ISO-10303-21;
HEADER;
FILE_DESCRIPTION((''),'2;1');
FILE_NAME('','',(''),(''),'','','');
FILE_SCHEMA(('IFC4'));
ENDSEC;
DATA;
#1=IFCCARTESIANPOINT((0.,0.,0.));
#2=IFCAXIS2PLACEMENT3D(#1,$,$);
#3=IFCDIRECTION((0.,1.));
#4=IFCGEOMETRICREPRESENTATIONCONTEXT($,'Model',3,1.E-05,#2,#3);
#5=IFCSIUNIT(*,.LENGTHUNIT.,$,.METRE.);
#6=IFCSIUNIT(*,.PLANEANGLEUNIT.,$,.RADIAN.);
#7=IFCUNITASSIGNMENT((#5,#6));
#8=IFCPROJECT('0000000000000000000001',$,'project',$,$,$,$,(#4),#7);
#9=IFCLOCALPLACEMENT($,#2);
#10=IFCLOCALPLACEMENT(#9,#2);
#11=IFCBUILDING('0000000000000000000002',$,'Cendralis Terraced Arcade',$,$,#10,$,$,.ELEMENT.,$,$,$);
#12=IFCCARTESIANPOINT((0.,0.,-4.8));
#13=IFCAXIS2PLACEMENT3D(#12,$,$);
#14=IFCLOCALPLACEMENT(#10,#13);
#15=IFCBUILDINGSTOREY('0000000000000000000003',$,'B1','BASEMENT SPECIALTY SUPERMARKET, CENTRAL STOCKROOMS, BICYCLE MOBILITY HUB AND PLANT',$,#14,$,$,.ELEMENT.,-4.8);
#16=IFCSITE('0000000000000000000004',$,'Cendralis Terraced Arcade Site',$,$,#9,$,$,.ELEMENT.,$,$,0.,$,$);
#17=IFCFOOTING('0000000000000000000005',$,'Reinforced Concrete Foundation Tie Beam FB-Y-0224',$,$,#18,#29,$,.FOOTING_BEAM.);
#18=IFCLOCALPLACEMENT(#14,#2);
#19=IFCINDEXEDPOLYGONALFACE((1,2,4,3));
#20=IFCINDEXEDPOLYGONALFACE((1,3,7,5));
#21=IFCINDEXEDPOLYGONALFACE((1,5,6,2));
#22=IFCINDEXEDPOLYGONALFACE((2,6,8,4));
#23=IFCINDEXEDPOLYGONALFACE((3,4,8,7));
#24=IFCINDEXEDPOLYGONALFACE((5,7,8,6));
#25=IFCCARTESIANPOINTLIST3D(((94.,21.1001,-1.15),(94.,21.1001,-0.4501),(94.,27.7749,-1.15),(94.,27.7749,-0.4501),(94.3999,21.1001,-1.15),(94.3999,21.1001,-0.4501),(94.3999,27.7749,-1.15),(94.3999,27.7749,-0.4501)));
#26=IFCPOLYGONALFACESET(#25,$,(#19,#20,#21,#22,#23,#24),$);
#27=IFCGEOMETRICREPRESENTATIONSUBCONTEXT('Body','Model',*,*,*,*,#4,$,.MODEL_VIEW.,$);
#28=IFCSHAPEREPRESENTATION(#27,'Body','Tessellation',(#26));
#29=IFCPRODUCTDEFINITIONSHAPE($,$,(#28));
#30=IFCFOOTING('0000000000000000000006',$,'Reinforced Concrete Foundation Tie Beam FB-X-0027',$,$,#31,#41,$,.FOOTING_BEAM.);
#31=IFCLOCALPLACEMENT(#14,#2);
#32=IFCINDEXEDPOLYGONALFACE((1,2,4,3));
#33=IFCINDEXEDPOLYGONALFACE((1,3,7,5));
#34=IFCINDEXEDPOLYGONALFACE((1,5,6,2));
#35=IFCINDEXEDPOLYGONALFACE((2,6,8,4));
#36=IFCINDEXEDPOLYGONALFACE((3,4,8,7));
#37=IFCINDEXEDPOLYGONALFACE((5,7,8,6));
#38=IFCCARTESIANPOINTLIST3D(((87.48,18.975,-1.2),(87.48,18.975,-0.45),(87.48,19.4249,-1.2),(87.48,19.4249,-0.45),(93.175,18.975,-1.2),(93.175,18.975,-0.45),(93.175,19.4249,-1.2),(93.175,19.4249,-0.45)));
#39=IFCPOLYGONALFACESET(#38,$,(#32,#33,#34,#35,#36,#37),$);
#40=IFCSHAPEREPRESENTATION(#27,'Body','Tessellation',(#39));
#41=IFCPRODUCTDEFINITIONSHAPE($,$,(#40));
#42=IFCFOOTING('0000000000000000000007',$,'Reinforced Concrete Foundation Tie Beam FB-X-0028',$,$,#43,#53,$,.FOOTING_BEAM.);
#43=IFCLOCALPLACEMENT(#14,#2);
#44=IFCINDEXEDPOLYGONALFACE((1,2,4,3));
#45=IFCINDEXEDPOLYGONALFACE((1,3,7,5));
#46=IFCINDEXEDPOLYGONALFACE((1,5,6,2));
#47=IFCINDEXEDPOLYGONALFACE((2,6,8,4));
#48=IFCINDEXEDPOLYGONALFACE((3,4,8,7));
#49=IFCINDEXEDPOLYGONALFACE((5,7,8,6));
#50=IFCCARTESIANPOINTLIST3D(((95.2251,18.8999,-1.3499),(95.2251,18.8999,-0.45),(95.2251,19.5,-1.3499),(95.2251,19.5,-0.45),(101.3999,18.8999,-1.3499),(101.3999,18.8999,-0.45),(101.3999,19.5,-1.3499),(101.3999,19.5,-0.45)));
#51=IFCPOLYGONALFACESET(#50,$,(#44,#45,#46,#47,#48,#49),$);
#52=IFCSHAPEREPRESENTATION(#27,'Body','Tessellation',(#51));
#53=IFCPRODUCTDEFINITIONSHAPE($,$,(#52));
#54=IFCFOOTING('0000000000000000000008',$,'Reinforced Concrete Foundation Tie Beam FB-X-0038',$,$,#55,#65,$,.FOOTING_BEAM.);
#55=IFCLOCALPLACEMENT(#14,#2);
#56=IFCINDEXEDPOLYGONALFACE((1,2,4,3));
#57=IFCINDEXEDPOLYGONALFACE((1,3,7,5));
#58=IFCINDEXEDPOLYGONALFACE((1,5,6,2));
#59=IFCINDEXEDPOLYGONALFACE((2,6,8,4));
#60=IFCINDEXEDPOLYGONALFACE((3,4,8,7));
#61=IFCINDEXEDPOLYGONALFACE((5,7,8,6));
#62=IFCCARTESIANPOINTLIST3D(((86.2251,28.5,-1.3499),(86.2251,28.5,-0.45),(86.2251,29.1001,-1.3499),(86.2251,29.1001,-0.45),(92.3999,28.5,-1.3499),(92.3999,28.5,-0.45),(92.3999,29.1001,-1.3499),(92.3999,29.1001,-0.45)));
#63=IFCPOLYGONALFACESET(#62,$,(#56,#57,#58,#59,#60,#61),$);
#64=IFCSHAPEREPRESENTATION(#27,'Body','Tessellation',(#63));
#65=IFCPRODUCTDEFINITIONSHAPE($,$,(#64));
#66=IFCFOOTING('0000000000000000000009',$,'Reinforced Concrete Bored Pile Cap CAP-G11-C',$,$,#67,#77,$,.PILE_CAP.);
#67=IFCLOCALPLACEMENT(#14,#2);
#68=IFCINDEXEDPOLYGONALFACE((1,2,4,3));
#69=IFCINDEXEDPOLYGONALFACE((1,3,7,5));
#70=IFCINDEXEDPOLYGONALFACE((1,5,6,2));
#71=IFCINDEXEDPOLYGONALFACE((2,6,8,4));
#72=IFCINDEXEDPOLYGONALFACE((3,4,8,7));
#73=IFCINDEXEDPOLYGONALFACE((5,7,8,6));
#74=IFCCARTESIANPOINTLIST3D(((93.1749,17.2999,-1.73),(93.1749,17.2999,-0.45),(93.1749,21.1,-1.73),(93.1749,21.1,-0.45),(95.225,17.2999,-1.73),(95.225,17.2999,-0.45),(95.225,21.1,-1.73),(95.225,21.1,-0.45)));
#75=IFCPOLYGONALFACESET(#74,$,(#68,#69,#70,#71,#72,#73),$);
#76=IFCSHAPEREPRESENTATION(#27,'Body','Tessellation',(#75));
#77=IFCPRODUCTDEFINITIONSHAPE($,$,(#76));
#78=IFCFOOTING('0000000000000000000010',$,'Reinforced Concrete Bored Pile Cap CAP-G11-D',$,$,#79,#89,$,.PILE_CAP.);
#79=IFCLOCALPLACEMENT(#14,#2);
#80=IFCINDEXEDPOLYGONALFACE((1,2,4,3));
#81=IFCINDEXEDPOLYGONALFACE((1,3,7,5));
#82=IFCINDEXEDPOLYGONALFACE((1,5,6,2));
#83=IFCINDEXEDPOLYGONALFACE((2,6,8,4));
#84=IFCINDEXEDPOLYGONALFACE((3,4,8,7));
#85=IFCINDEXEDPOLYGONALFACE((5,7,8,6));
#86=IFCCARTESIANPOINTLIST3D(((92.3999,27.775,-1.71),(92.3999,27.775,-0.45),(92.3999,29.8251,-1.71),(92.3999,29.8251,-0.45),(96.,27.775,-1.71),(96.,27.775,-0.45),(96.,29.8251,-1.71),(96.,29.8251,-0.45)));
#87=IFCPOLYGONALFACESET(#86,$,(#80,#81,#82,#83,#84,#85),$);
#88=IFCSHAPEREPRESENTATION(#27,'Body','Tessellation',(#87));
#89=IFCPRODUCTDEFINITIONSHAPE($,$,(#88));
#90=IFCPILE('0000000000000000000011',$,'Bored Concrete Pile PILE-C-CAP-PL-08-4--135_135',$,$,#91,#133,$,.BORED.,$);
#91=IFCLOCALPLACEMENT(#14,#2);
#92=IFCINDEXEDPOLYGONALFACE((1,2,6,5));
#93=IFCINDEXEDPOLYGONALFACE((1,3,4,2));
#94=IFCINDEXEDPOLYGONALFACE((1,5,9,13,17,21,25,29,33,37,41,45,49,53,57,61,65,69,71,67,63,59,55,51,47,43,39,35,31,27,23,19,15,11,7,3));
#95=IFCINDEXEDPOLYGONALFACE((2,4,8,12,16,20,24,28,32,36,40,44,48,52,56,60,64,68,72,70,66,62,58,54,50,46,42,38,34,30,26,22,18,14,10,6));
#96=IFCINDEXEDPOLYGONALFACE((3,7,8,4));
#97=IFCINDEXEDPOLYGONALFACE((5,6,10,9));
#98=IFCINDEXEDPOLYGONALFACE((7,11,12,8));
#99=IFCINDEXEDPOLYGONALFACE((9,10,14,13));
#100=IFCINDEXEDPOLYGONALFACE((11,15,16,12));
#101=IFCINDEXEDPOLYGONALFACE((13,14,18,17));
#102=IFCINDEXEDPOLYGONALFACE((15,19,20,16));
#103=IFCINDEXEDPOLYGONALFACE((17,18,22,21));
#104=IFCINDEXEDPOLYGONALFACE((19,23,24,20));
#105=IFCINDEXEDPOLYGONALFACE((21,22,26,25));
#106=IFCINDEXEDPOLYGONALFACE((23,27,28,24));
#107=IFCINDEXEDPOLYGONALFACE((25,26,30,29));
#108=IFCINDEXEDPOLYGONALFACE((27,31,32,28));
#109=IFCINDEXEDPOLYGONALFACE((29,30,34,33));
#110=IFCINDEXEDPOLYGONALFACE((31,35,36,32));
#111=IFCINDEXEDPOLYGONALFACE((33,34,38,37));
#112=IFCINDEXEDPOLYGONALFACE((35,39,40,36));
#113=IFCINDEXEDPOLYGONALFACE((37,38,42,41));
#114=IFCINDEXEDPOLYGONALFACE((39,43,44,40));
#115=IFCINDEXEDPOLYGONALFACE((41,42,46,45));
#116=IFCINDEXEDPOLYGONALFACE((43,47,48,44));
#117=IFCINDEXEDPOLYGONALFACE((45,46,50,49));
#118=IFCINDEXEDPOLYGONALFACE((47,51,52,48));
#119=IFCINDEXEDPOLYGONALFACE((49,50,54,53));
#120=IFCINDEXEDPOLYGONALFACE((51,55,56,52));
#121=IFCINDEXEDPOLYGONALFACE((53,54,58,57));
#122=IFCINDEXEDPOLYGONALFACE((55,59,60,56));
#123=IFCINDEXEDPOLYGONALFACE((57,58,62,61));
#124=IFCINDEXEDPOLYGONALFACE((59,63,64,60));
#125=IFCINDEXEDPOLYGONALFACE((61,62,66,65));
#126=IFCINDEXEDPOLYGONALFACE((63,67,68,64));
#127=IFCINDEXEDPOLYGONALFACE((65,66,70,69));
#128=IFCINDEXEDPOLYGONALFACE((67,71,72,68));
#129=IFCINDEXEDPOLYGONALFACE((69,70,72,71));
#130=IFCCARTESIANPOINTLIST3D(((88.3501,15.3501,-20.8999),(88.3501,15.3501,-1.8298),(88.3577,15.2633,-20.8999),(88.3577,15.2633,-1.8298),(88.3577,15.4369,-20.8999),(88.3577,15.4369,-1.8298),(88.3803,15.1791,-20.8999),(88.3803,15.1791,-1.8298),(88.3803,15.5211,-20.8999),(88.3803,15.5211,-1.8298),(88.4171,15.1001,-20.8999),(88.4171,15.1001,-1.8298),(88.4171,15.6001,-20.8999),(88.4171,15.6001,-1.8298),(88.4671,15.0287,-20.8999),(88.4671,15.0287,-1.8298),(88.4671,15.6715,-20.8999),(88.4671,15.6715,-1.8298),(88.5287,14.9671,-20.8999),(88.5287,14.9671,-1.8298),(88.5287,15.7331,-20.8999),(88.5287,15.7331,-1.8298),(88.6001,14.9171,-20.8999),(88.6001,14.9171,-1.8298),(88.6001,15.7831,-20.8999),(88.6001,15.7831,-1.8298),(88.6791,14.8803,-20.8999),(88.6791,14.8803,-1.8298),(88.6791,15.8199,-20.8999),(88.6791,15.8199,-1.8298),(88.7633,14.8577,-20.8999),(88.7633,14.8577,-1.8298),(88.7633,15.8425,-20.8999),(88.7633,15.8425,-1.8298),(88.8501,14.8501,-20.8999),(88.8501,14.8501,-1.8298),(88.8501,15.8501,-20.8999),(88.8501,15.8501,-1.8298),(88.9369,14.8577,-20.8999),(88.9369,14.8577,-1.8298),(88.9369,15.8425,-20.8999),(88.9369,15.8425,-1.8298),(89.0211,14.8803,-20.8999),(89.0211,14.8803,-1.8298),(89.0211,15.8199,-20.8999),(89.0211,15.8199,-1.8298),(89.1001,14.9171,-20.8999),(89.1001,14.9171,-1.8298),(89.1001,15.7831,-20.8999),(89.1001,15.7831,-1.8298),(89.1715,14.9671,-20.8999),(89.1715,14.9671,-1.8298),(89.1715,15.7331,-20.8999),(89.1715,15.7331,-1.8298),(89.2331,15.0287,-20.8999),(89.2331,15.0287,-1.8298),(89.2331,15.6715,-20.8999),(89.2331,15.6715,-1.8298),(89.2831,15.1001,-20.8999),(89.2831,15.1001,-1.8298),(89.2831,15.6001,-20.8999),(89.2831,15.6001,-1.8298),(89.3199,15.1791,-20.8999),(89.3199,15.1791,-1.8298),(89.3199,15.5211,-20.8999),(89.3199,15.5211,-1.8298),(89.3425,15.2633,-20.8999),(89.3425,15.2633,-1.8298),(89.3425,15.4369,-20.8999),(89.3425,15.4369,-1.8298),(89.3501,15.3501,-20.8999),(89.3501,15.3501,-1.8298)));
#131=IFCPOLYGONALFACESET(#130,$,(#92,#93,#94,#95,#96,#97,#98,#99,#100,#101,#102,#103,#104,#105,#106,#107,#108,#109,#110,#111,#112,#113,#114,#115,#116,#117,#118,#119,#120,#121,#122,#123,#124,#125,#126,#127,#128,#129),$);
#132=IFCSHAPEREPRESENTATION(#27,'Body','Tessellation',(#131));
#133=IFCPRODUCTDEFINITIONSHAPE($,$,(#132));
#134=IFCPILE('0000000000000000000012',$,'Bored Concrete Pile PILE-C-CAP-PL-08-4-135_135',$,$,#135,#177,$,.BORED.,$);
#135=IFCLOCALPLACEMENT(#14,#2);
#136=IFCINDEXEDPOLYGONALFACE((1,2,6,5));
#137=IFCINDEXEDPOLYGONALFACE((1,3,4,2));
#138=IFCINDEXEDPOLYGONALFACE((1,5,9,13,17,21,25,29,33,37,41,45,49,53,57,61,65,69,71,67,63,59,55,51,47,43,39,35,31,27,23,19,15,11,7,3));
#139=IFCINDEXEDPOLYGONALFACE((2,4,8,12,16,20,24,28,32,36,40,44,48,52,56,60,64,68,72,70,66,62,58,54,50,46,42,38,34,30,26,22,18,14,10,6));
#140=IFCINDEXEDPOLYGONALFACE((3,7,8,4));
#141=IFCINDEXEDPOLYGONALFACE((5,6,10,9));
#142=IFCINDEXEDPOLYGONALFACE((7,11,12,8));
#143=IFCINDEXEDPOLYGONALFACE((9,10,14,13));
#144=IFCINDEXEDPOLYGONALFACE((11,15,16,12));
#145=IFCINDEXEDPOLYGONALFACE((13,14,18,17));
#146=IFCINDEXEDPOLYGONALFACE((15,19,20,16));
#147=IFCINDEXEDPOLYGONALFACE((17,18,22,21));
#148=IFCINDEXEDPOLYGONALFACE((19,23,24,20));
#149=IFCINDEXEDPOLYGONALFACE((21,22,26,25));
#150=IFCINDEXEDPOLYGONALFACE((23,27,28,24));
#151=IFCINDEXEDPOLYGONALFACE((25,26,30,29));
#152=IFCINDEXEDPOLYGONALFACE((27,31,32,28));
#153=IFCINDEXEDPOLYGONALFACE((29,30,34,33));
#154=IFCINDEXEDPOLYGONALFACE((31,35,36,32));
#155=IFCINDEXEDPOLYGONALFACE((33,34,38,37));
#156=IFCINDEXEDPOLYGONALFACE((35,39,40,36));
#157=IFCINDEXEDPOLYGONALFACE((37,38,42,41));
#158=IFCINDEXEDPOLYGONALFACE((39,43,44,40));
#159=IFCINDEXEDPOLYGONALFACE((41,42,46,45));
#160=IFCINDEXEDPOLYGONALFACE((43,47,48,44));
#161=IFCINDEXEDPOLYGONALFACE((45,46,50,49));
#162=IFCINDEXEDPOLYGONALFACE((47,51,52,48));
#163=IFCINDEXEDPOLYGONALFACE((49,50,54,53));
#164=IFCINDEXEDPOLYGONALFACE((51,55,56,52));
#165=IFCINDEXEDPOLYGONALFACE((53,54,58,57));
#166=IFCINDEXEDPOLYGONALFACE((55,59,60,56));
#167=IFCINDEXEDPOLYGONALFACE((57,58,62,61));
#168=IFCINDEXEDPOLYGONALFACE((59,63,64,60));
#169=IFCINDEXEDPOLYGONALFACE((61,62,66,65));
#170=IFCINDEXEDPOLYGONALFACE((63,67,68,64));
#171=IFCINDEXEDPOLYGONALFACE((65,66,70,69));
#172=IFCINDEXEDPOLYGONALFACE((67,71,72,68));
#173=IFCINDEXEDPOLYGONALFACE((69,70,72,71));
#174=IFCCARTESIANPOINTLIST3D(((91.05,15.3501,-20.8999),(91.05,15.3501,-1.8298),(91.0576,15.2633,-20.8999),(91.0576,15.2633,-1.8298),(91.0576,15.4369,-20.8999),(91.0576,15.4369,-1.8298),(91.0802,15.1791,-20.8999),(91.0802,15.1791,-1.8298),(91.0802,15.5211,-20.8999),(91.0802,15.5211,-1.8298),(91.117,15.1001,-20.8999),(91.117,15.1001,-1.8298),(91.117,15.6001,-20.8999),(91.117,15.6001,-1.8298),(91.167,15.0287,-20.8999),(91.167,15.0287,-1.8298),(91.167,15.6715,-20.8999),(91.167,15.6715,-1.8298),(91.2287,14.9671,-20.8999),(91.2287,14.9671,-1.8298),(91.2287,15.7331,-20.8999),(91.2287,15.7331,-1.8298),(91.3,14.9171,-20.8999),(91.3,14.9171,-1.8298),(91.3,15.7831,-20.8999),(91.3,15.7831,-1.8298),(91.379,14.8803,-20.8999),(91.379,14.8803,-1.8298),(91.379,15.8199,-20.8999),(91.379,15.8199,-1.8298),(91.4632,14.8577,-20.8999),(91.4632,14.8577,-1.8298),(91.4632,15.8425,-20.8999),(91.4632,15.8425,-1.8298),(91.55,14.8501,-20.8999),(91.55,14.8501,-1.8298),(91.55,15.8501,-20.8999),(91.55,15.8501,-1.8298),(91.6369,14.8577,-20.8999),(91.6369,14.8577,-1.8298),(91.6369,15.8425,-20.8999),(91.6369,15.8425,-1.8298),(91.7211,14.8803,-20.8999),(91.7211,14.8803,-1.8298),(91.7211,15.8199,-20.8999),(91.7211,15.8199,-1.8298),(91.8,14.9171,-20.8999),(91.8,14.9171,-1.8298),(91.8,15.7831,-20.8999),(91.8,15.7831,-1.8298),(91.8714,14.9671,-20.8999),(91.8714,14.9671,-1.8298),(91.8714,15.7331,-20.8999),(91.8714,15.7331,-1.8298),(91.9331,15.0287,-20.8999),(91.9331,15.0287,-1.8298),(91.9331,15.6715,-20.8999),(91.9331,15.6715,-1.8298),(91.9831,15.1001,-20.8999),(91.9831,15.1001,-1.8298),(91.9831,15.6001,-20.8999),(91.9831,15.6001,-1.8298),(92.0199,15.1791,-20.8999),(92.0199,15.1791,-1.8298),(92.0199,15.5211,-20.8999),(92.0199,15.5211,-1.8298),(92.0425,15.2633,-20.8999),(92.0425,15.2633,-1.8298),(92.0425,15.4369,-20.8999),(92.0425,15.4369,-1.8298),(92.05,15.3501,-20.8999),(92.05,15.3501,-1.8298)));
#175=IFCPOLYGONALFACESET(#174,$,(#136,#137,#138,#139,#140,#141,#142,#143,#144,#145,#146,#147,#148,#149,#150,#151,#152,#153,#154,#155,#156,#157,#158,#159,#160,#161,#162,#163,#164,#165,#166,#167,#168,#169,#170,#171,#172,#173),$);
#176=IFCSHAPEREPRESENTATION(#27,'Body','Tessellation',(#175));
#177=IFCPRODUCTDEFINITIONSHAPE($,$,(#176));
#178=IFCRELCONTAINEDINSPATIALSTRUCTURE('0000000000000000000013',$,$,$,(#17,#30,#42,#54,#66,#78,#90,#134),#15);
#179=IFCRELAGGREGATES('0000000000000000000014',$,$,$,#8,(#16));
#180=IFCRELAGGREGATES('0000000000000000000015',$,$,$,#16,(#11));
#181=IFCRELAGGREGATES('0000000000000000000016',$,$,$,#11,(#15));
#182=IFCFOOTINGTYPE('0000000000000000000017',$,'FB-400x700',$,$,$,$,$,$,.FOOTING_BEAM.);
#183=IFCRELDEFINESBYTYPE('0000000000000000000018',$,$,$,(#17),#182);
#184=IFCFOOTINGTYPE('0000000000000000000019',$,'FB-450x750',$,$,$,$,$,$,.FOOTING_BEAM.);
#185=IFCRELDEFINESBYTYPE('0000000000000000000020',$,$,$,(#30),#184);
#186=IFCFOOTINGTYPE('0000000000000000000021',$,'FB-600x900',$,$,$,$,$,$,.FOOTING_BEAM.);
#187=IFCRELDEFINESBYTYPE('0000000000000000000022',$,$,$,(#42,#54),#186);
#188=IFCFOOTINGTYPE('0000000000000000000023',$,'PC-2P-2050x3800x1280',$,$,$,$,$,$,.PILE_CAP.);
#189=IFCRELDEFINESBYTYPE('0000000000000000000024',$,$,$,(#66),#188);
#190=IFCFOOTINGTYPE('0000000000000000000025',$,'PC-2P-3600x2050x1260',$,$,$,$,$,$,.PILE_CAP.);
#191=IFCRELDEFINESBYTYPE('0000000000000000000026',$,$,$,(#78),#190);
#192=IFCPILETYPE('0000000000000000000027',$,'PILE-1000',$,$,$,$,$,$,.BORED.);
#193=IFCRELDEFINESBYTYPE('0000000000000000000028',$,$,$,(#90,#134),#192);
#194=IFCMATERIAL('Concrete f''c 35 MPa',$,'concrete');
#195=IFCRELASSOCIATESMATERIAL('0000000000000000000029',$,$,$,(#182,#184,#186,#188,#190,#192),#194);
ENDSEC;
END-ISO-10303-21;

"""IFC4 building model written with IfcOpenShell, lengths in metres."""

from ifc_helpers import new_model, si_unit, direction, frame, origin, origin_2d, place, context, subcontext, project, spatial, rectangle, circle, extrude, material, material_profile, profile_set, type_object, element, save


model = new_model("IFC4")

# Units and contexts
model_context = context("Model", 3, precision=1e-05, world=origin(), true_north=direction((0.0, 1.0)))
body_context = subcontext(model_context, "Body", "Model", "MODEL_VIEW")
ifc_project = project(units=[si_unit("LENGTHUNIT", "METRE"), si_unit("PLANEANGLEUNIT", "RADIAN")], contexts=[model_context])

# Site, building, storey
site_placement = place(None, origin())
site = spatial("IfcSite", under=ifc_project, at=site_placement, Name="Cendralis Terraced Arcade Site", CompositionType="ELEMENT", RefElevation=0.0)
building_placement = place(site_placement, origin())
building = spatial("IfcBuilding", under=site, at=building_placement, Name="Cendralis Terraced Arcade", CompositionType="ELEMENT")
storey_placement = place(building_placement, frame((0.0, 0.0, -4.8)))
storey = spatial("IfcBuildingStorey", under=building, at=storey_placement, Name="B1", Description="BASEMENT SPECIALTY SUPERMARKET, CENTRAL STOCKROOMS, BICYCLE MOBILITY HUB AND PLANT", CompositionType="ELEMENT", Elevation=-4.8)

# Footings
ifc_material_1 = material(Name="Concrete f'c 35 MPa", Category="concrete")
ifc_material_profile_1 = material_profile(ifc_material_1, rectangle(XDim=0.3999, YDim=0.7, at=origin_2d()), Name="FB-400x700", Category="LoadBearing")
ifc_profile_set_1 = profile_set([ifc_material_profile_1], Name="Concrete f'c 35 MPa")
footing_type_1 = type_object("IfcFootingType", Name="FB-400x700", PredefinedType="FOOTING_BEAM", material=ifc_profile_set_1)
footing_1_placement = place(storey_placement, frame((94.2, 21.1001, -0.8), z_axis=(0.0, 1.0, 0.0), x_axis=(-1.0, 0.0, 0.0)))
element("IfcFooting", 1, at=footing_1_placement, inside=storey, type_object=footing_type_1, Name="Reinforced Concrete Foundation Tie Beam FB-Y-0224", PredefinedType="FOOTING_BEAM", context=body_context, shape_type="SweptSolid", body=[
    extrude(rectangle(XDim=0.3999, YDim=0.7, at=origin_2d()), origin(), (0.0, 0.0, 1.0), 6.6748),
])
ifc_material_profile_2 = material_profile(ifc_material_1, rectangle(XDim=0.45, YDim=0.75, at=origin_2d()), Name="FB-450x750", Category="LoadBearing")
ifc_profile_set_2 = profile_set([ifc_material_profile_2], Name="Concrete f'c 35 MPa")
footing_type_2 = type_object("IfcFootingType", Name="FB-450x750", PredefinedType="FOOTING_BEAM", material=ifc_profile_set_2)
footing_2_placement = place(storey_placement, frame((87.48, 19.2, -0.825), z_axis=(1.0, 0.0, 0.0), x_axis=(0.0, 1.0, 0.0)))
element("IfcFooting", 2, at=footing_2_placement, inside=storey, type_object=footing_type_2, Name="Reinforced Concrete Foundation Tie Beam FB-X-0027", PredefinedType="FOOTING_BEAM", context=body_context, shape_type="SweptSolid", body=[
    extrude(rectangle(XDim=0.45, YDim=0.75, at=origin_2d()), origin(), (0.0, 0.0, 1.0), 5.6951),
])
ifc_material_profile_3 = material_profile(ifc_material_1, rectangle(XDim=0.6001, YDim=0.8999, at=origin_2d()), Name="FB-600x900", Category="LoadBearing")
ifc_profile_set_3 = profile_set([ifc_material_profile_3], Name="Concrete f'c 35 MPa")
footing_type_3 = type_object("IfcFootingType", Name="FB-600x900", PredefinedType="FOOTING_BEAM", material=ifc_profile_set_3)
for number, where, z_axis, x_axis, name in (
    (3, (95.2251, 19.2, -0.8999), (1.0, 0.0, 0.0), (0.0, 1.0, 0.0), "Reinforced Concrete Foundation Tie Beam FB-X-0028"),
    (4, (86.2251, 28.8, -0.8999), (1.0, 0.0, 0.0), (0.0, 1.0, 0.0), "Reinforced Concrete Foundation Tie Beam FB-X-0038"),
):
    element("IfcFooting", number, at=place(storey_placement, frame(where, z_axis=z_axis, x_axis=x_axis)), inside=storey, type_object=footing_type_3, Name=name, PredefinedType="FOOTING_BEAM", context=body_context, shape_type="SweptSolid", body=[
        extrude(rectangle(XDim=0.6001, YDim=0.8999, at=origin_2d()), origin(), (0.0, 0.0, 1.0), 6.1748),
    ])
footing_type_4 = type_object("IfcFootingType", Name="PC-2P-2050x3800x1280", PredefinedType="PILE_CAP", material=ifc_material_1)
footing_3_placement = place(storey_placement, frame((94.2, 19.2, -1.73), z_axis=(0.0, 0.0, 1.0), x_axis=(1.0, 0.0, 0.0)))
element("IfcFooting", 5, at=footing_3_placement, inside=storey, type_object=footing_type_4, Name="Reinforced Concrete Bored Pile Cap CAP-G11-C", PredefinedType="PILE_CAP", context=body_context, shape_type="SweptSolid", body=[
    extrude(rectangle(XDim=2.05, YDim=3.8, at=origin_2d()), origin(), (0.0, 0.0, 1.0), 1.28),
])
footing_type_5 = type_object("IfcFootingType", Name="PC-2P-3600x2050x1260", PredefinedType="PILE_CAP", material=ifc_material_1)
footing_4_placement = place(storey_placement, frame((94.2, 28.8, -1.71), z_axis=(0.0, 0.0, 1.0), x_axis=(1.0, 0.0, 0.0)))
element("IfcFooting", 6, at=footing_4_placement, inside=storey, type_object=footing_type_5, Name="Reinforced Concrete Bored Pile Cap CAP-G11-D", PredefinedType="PILE_CAP", context=body_context, shape_type="SweptSolid", body=[
    extrude(rectangle(XDim=3.6001, YDim=2.05, at=origin_2d()), origin(), (0.0, 0.0, 1.0), 1.26),
])

# Piles
ifc_material_profile_4 = material_profile(ifc_material_1, circle(Radius=0.5, at=origin_2d()), Name="PILE-D1000", Category="LoadBearing")
ifc_profile_set_4 = profile_set([ifc_material_profile_4], Name="Concrete f'c 35 MPa")
pile_type_1 = type_object("IfcPileType", Name="PILE-1000", PredefinedType="BORED", material=ifc_profile_set_4)
for number, where, z_axis, x_axis, name in (
    (7, (88.8501, 15.3501, -1.8298), (0.0, 0.0, -1.0), (1.0, 0.0, 0.0), "Bored Concrete Pile PILE-C-CAP-PL-08-4--135_135"),
    (8, (91.55, 15.3501, -1.8298), (0.0, 0.0, -1.0), (1.0, 0.0, 0.0), "Bored Concrete Pile PILE-C-CAP-PL-08-4-135_135"),
):
    element("IfcPile", number, at=place(storey_placement, frame(where, z_axis=z_axis, x_axis=x_axis)), inside=storey, type_object=pile_type_1, Name=name, PredefinedType="BORED", context=body_context, shape_type="SweptSolid", body=[
        extrude(circle(Radius=0.5, at=origin_2d()), origin(), (0.0, 0.0, 1.0), 19.0701),
    ])

save(model, "model.ifc")
